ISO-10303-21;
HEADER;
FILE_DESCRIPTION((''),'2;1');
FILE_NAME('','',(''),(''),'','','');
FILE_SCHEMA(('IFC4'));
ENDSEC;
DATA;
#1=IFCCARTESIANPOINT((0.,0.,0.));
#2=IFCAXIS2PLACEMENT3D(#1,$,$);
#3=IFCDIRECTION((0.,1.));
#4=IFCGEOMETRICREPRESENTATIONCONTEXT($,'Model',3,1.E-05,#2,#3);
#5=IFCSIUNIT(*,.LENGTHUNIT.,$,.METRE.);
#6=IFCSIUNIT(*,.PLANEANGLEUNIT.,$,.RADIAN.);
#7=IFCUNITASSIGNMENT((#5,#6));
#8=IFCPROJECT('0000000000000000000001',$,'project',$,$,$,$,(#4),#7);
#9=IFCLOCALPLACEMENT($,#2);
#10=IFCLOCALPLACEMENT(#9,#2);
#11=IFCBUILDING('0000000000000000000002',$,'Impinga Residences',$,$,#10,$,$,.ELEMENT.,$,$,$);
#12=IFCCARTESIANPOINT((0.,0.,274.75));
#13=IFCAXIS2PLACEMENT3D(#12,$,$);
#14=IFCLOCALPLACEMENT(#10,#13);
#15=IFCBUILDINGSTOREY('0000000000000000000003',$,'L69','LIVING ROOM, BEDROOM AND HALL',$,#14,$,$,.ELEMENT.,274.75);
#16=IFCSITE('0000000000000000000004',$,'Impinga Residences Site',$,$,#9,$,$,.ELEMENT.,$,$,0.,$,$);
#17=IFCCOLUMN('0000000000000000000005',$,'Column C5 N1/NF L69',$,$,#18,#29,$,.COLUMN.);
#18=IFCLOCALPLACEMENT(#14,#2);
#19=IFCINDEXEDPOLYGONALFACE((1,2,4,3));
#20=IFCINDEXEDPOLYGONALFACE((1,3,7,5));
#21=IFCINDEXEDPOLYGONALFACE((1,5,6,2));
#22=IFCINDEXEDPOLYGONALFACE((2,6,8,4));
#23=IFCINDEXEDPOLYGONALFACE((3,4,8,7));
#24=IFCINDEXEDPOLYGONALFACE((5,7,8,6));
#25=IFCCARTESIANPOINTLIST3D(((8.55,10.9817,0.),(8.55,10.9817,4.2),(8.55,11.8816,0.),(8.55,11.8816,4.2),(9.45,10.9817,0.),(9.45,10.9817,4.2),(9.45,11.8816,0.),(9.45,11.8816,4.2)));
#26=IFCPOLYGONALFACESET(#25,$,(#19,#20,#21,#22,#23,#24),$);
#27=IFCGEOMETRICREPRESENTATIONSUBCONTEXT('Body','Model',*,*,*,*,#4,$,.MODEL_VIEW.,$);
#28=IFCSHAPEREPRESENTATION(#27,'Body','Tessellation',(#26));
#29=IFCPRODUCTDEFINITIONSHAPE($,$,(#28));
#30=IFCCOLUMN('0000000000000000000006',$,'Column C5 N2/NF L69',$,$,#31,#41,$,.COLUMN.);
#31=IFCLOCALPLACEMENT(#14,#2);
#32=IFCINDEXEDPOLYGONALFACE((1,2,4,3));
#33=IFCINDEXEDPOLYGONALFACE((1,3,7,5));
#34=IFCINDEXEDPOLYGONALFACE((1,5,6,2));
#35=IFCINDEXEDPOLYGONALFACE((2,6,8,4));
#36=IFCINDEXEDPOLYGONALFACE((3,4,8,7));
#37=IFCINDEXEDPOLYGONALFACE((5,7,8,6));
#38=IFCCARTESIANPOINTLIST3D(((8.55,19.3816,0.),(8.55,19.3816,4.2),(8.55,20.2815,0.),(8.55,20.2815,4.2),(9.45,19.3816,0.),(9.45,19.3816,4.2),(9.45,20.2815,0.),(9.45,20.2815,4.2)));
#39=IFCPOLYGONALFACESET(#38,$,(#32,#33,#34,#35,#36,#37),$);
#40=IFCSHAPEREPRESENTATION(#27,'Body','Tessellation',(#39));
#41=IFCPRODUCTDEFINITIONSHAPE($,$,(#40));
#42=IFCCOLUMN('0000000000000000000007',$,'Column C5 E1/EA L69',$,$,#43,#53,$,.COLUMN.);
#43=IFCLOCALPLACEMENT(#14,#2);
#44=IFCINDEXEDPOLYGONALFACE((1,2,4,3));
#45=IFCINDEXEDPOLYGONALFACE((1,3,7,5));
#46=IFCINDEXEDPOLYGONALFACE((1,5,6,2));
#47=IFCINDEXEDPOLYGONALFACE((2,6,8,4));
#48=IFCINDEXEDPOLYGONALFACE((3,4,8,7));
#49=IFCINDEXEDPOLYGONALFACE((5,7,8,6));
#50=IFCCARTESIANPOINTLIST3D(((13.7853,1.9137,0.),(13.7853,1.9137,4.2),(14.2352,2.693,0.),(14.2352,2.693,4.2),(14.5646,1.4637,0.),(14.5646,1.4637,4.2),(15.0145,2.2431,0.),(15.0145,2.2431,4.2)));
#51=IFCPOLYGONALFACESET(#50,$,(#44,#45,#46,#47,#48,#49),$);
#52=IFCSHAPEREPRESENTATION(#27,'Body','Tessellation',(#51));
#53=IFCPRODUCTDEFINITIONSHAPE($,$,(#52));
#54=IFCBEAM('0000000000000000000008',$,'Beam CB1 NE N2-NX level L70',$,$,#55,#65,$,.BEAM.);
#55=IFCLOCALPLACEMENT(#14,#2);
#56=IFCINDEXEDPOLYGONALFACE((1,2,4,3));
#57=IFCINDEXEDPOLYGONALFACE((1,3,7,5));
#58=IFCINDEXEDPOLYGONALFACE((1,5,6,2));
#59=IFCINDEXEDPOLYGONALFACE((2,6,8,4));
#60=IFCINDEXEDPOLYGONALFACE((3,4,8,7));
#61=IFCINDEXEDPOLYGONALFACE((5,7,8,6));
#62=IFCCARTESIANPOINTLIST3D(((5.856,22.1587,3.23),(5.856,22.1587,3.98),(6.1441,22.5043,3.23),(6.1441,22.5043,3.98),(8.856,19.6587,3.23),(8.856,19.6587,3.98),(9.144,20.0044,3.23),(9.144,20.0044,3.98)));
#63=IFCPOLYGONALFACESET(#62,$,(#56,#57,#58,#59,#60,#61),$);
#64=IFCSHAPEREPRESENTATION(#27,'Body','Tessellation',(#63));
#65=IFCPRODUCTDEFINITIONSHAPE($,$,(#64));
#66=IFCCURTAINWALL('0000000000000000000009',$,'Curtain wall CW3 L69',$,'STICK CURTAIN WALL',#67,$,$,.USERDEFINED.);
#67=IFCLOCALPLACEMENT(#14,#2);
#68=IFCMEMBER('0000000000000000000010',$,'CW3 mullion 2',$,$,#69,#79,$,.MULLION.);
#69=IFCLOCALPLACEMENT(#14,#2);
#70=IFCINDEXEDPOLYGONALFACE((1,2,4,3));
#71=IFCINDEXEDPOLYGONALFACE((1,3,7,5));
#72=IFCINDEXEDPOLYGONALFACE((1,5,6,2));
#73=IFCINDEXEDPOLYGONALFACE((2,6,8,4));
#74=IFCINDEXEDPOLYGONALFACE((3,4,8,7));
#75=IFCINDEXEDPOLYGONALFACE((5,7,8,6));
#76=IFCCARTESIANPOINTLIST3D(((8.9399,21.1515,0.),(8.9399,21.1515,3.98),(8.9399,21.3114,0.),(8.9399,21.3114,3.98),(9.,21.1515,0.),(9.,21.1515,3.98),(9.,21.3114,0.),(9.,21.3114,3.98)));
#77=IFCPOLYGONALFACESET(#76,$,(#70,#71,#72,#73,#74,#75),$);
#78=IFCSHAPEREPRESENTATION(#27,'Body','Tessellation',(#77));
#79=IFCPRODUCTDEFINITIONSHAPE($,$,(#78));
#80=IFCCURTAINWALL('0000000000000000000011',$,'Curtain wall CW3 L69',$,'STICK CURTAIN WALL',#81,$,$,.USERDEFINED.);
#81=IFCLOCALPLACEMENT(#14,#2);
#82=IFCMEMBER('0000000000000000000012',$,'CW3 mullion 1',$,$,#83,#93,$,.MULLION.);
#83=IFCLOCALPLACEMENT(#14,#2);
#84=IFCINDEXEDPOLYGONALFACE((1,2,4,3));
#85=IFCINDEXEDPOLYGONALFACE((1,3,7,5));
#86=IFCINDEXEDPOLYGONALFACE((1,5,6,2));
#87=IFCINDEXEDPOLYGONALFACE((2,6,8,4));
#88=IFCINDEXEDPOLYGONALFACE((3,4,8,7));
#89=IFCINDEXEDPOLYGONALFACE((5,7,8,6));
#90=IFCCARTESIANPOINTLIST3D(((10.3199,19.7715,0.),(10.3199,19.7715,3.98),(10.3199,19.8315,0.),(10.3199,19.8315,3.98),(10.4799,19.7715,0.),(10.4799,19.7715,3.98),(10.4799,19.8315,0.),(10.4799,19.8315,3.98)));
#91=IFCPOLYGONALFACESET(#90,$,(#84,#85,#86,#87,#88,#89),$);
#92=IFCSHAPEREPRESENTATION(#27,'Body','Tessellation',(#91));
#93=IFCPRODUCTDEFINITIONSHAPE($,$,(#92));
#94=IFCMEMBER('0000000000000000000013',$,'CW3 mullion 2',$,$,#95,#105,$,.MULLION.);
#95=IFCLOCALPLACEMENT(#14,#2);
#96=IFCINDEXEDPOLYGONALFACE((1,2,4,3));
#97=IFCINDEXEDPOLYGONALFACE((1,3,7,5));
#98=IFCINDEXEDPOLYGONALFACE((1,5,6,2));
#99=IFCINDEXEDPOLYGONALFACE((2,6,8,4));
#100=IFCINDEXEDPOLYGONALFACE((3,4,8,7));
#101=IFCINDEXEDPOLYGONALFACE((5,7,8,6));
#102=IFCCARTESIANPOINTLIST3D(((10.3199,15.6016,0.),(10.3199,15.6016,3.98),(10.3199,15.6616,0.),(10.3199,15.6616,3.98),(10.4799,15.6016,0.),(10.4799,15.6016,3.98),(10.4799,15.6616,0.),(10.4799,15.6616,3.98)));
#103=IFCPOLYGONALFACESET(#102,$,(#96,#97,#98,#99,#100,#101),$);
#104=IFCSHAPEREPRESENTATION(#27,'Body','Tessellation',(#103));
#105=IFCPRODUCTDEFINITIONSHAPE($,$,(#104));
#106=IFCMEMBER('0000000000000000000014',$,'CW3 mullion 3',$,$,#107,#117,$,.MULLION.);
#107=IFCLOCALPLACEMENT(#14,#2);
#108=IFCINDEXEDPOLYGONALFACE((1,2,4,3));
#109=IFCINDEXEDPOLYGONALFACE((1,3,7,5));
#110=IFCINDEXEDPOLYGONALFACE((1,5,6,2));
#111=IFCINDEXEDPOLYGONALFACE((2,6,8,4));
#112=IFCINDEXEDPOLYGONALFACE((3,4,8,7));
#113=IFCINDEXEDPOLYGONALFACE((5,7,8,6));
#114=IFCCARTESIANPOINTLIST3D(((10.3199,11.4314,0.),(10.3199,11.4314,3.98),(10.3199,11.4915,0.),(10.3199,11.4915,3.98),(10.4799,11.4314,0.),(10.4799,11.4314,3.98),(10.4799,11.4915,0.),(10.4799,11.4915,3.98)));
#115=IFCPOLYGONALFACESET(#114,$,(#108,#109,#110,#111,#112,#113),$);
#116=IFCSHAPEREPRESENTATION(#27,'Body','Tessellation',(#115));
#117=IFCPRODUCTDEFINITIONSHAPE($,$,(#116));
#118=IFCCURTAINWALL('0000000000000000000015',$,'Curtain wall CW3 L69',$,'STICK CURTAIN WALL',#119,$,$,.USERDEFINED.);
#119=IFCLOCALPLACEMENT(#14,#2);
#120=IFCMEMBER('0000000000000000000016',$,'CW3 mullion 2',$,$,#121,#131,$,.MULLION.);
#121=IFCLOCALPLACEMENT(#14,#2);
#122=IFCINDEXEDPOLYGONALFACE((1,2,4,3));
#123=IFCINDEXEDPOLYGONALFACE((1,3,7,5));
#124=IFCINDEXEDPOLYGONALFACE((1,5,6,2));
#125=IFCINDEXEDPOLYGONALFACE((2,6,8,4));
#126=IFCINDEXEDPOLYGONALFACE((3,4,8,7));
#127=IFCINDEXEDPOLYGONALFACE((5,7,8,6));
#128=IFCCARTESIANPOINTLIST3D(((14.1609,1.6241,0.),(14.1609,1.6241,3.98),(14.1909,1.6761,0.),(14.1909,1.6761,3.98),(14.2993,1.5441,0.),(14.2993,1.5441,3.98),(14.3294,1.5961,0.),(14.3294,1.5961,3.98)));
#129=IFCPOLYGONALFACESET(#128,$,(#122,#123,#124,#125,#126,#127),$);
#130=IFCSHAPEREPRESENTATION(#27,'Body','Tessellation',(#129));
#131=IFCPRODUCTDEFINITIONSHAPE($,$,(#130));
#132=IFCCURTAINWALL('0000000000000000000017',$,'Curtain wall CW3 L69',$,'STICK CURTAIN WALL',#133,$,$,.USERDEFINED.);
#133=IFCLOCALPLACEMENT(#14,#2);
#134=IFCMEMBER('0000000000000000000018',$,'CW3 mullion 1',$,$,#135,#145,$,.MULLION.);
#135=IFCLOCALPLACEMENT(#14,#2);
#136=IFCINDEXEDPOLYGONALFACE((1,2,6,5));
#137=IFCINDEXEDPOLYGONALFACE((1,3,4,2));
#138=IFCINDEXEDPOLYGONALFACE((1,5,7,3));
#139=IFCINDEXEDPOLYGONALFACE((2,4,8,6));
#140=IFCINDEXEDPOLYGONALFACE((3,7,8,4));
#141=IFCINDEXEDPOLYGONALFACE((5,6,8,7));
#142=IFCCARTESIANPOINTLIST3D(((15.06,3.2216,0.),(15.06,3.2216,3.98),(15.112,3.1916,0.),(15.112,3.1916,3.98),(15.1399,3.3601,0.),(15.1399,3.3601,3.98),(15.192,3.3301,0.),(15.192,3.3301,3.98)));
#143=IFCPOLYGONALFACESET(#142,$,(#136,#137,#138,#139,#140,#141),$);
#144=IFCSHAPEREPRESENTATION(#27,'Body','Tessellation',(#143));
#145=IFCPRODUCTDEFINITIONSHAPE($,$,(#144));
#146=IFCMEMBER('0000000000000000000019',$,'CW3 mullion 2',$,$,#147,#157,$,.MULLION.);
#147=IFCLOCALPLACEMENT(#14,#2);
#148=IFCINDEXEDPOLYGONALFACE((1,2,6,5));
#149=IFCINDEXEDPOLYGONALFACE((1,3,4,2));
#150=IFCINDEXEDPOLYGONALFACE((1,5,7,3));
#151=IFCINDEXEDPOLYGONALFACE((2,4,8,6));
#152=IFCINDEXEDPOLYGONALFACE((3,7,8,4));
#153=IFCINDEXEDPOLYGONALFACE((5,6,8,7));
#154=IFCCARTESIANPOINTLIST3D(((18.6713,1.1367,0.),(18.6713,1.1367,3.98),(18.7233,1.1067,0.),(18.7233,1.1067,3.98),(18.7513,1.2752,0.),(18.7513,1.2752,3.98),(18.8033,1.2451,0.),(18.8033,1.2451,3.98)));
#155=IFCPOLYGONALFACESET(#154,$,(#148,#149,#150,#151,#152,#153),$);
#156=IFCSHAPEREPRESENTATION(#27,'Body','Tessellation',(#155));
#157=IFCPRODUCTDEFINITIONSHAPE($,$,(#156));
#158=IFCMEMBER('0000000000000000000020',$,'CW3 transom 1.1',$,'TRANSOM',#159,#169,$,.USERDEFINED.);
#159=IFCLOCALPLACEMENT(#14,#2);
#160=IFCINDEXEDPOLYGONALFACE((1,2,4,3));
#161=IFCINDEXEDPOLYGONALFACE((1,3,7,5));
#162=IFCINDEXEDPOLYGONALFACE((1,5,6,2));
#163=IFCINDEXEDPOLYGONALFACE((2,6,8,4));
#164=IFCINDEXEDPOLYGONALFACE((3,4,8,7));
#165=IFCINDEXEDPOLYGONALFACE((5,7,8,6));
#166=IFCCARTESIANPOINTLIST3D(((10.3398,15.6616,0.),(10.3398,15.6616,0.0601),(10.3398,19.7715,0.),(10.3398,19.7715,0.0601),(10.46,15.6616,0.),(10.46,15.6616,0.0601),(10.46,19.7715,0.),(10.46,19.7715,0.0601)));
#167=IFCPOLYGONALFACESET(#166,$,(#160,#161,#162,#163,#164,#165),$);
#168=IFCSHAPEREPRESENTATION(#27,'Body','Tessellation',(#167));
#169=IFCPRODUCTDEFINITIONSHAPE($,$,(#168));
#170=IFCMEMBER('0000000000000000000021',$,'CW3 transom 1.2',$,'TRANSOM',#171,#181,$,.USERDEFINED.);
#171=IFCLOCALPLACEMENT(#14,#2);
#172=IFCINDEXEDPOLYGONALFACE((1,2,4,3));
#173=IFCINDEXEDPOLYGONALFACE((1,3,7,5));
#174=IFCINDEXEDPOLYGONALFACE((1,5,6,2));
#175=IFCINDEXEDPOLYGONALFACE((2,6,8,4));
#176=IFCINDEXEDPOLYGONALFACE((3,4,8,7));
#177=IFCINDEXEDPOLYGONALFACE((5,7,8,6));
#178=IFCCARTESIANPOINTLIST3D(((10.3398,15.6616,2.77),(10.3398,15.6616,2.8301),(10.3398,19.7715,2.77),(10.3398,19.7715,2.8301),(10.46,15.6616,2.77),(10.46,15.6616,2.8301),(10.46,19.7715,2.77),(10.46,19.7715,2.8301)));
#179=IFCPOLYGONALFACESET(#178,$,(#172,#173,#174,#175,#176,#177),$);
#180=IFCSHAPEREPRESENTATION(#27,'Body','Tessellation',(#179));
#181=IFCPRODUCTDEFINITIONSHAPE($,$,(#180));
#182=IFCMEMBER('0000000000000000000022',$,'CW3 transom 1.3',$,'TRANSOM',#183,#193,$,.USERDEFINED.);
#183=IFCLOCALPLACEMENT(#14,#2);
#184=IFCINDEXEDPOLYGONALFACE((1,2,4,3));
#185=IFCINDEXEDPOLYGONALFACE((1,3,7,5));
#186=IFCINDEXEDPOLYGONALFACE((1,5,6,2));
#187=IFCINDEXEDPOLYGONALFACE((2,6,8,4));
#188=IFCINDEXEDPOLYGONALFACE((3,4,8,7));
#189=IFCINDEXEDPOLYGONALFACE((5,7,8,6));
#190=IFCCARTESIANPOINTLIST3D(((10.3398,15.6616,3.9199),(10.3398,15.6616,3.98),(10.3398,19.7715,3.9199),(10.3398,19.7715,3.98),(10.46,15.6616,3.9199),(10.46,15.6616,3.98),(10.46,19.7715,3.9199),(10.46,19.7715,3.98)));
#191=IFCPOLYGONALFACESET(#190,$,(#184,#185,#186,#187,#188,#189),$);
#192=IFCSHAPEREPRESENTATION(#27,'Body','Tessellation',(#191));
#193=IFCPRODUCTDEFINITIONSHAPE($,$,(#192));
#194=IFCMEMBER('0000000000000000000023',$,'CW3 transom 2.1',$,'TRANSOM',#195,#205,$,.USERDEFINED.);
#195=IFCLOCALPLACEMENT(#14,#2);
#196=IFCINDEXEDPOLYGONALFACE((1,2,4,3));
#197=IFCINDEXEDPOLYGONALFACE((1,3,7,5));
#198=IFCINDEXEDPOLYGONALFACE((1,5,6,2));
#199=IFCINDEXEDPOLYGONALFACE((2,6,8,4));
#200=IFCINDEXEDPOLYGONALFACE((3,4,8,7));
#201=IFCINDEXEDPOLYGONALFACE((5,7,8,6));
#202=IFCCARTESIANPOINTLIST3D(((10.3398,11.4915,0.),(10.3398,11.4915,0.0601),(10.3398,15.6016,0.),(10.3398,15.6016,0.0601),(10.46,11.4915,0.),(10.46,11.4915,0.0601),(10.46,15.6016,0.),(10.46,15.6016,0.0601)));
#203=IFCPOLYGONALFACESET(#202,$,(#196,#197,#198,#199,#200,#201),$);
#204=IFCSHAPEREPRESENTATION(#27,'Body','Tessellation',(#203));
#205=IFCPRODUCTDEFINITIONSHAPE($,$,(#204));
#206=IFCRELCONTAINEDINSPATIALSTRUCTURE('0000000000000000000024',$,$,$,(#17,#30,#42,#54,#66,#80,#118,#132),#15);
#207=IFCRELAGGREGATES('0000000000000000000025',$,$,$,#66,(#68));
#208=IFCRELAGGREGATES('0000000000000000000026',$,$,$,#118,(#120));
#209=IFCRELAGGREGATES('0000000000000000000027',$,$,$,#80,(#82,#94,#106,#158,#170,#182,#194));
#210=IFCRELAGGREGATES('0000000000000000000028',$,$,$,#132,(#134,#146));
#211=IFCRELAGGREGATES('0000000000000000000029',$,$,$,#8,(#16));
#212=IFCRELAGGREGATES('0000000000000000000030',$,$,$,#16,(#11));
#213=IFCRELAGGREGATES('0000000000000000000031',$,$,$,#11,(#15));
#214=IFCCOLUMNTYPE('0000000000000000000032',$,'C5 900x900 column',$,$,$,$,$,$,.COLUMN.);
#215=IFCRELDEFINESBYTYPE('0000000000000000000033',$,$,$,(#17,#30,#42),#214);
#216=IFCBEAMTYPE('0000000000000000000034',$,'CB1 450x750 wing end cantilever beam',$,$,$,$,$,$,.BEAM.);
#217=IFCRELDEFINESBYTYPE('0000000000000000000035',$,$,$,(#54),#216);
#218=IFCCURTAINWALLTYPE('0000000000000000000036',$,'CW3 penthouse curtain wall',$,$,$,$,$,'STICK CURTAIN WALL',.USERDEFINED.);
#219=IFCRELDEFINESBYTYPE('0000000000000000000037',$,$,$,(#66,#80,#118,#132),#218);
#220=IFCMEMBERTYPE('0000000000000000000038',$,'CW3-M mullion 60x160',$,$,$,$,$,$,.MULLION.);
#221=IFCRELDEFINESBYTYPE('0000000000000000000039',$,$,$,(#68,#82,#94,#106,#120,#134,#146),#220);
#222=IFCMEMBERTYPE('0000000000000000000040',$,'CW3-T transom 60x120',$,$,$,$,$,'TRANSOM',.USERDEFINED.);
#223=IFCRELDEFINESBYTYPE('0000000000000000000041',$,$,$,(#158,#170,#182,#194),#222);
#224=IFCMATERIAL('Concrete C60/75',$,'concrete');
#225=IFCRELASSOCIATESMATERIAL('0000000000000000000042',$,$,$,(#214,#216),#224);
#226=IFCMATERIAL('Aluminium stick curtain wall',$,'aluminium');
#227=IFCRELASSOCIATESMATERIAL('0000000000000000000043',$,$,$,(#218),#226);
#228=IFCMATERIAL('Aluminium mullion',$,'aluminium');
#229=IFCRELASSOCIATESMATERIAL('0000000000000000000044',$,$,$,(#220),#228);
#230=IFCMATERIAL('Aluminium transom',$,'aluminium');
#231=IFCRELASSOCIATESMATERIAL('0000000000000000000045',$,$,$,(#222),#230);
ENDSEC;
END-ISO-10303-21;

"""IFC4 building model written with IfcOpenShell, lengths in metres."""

from ifc_helpers import new_model, si_unit, direction, frame, origin, origin_2d, place, context, subcontext, project, spatial, rectangle, extrude, material, material_profile, profile_set, type_object, element, aggregate, save


model = new_model("IFC4")

# Units and contexts
model_context = context("Model", 3, precision=1e-05, world=origin(), true_north=direction((0.0, 1.0)))
body_context = subcontext(model_context, "Body", "Model", "MODEL_VIEW")
ifc_project = project(units=[si_unit("LENGTHUNIT", "METRE"), si_unit("PLANEANGLEUNIT", "RADIAN")], contexts=[model_context])

# Site, building, storey
site_placement = place(None, origin())
site = spatial("IfcSite", under=ifc_project, at=site_placement, Name="Impinga Residences Site", CompositionType="ELEMENT", RefElevation=0.0)
building_placement = place(site_placement, origin())
building = spatial("IfcBuilding", under=site, at=building_placement, Name="Impinga Residences", CompositionType="ELEMENT")
storey_placement = place(building_placement, frame((0.0, 0.0, 274.75)))
storey = spatial("IfcBuildingStorey", under=building, at=storey_placement, Name="L69", Description="LIVING ROOM, BEDROOM AND HALL", CompositionType="ELEMENT", Elevation=274.75)

# Columns
ifc_material_1 = material(Name="Concrete C60/75", Category="concrete")
ifc_material_profile_1 = material_profile(ifc_material_1, rectangle(XDim=0.8999, YDim=0.8999, at=origin_2d()), Name="RC 900x900")
ifc_profile_set_1 = profile_set([ifc_material_profile_1], Name="Concrete C60/75")
column_type = type_object("IfcColumnType", Name="C5 900x900 column", PredefinedType="COLUMN", material=ifc_profile_set_1)
for number, where, z_axis, x_axis, name in (
    (1, (9.0, 11.4316, 0.0), (0.0, 0.0, 1.0), (1.0, 0.0, 0.0), "Column C5 N1/NF L69"),
    (2, (9.0, 19.8315, 0.0), (0.0, 0.0, 1.0), (1.0, 0.0, 0.0), "Column C5 N2/NF L69"),
    (3, (14.3999, 2.0784, 0.0), (0.0, 0.0, 1.0), (-0.5, -0.866025, 0.0), "Column C5 E1/EA L69"),
):
    element("IfcColumn", number, at=place(storey_placement, frame(where, z_axis=z_axis, x_axis=x_axis)), inside=storey, type_object=column_type, Name=name, PredefinedType="COLUMN", context=body_context, shape_type="SweptSolid", body=[
        extrude(rectangle(XDim=0.8999, YDim=0.8999, at=origin_2d()), origin(), (0.0, 0.0, 1.0), 4.2),
    ])

# Beam
ifc_material_profile_2 = material_profile(ifc_material_1, rectangle(XDim=0.45, YDim=0.75, at=origin_2d()), Name="RC 450x750")
ifc_profile_set_2 = profile_set([ifc_material_profile_2], Name="Concrete C60/75")
beam_type_1 = type_object("IfcBeamType", Name="CB1 450x750 wing end cantilever beam", PredefinedType="BEAM", material=ifc_profile_set_2)
beam_placement = place(storey_placement, frame((9.0, 19.8315, 3.605), z_axis=(-0.768221, 0.640184, 0.0), x_axis=(-0.640184, -0.768221, 0.0)))
element("IfcBeam", 4, at=beam_placement, inside=storey, type_object=beam_type_1, Name="Beam CB1 NE N2-NX level L70", PredefinedType="BEAM", context=body_context, shape_type="SweptSolid", body=[
    extrude(rectangle(XDim=0.45, YDim=0.75, at=origin_2d()), origin(), (0.0, 0.0, 1.0), 3.905),
])

# Curtain wall, member
ifc_material_2 = material(Name="Aluminium stick curtain wall", Category="aluminium")
curtain_wall_type = type_object("IfcCurtainWallType", Name="CW3 penthouse curtain wall", ElementType="STICK CURTAIN WALL", PredefinedType="USERDEFINED", material=ifc_material_2)
curtain_wall_1_placement = place(storey_placement, origin())
curtain_wall_1 = element("IfcCurtainWall", 5, at=curtain_wall_1_placement, inside=storey, type_object=curtain_wall_type, Name="Curtain wall CW3 L69", ObjectType="STICK CURTAIN WALL", PredefinedType="USERDEFINED")
ifc_material_3 = material(Name="Aluminium mullion", Category="aluminium")
ifc_material_profile_3 = material_profile(ifc_material_3, rectangle(XDim=0.0601, YDim=0.1599, at=origin_2d()), Name="60x160 mullion")
ifc_profile_set_3 = profile_set([ifc_material_profile_3], Name="Aluminium mullion")
member_type_1 = type_object("IfcMemberType", Name="CW3-M mullion 60x160", PredefinedType="MULLION", material=ifc_profile_set_3)
member_1_placement = place(storey_placement, frame((8.97, 21.2314, 0.0), z_axis=(0.0, 0.0, 1.0), x_axis=(1.0, 0.0, 0.0)))
member_1 = element("IfcMember", 6, at=member_1_placement, type_object=member_type_1, Name="CW3 mullion 2", PredefinedType="MULLION", context=body_context, shape_type="SweptSolid", body=[
    extrude(rectangle(XDim=0.0601, YDim=0.1599, at=origin_2d()), origin(), (0.0, 0.0, 1.0), 3.98),
])
aggregate(curtain_wall_1, [member_1])

# Curtain wall, members
curtain_wall_2_placement = place(storey_placement, origin())
curtain_wall_2 = element("IfcCurtainWall", 7, at=curtain_wall_2_placement, inside=storey, type_object=curtain_wall_type, Name="Curtain wall CW3 L69", ObjectType="STICK CURTAIN WALL", PredefinedType="USERDEFINED")
member_2_placement = place(storey_placement, frame((10.3999, 19.8015, 0.0), z_axis=(0.0, 0.0, 1.0), x_axis=(0.0, -1.0, 0.0)))
member_2 = element("IfcMember", 8, at=member_2_placement, type_object=member_type_1, Name="CW3 mullion 1", PredefinedType="MULLION", context=body_context, shape_type="SweptSolid", body=[
    extrude(rectangle(XDim=0.0601, YDim=0.1599, at=origin_2d()), origin(), (0.0, 0.0, 1.0), 3.98),
])
member_3_placement = place(storey_placement, frame((10.3999, 15.6316, 0.0), z_axis=(0.0, 0.0, 1.0), x_axis=(0.0, -1.0, 0.0)))
member_3 = element("IfcMember", 9, at=member_3_placement, type_object=member_type_1, Name="CW3 mullion 2", PredefinedType="MULLION", context=body_context, shape_type="SweptSolid", body=[
    extrude(rectangle(XDim=0.0601, YDim=0.1599, at=origin_2d()), origin(), (0.0, 0.0, 1.0), 3.98),
])
member_4_placement = place(storey_placement, frame((10.3999, 11.4614, 0.0), z_axis=(0.0, 0.0, 1.0), x_axis=(0.0, -1.0, 0.0)))
member_4 = element("IfcMember", 10, at=member_4_placement, type_object=member_type_1, Name="CW3 mullion 3", PredefinedType="MULLION", context=body_context, shape_type="SweptSolid", body=[
    extrude(rectangle(XDim=0.0601, YDim=0.1599, at=origin_2d()), origin(), (0.0, 0.0, 1.0), 3.98),
])

# Curtain wall, member
curtain_wall_3_placement = place(storey_placement, origin())
curtain_wall_3 = element("IfcCurtainWall", 11, at=curtain_wall_3_placement, inside=storey, type_object=curtain_wall_type, Name="Curtain wall CW3 L69", ObjectType="STICK CURTAIN WALL", PredefinedType="USERDEFINED")
member_5_placement = place(storey_placement, frame((14.2451, 1.6101, 0.0), z_axis=(0.0, 0.0, 1.0), x_axis=(0.5, 0.866025, 0.0)))
member_5 = element("IfcMember", 12, at=member_5_placement, type_object=member_type_1, Name="CW3 mullion 2", PredefinedType="MULLION", context=body_context, shape_type="SweptSolid", body=[
    extrude(rectangle(XDim=0.0601, YDim=0.1599, at=origin_2d()), origin(), (0.0, 0.0, 1.0), 3.98),
])
aggregate(curtain_wall_3, [member_5])

# Curtain wall, members
curtain_wall_4_placement = place(storey_placement, origin())
curtain_wall_4 = element("IfcCurtainWall", 13, at=curtain_wall_4_placement, inside=storey, type_object=curtain_wall_type, Name="Curtain wall CW3 L69", ObjectType="STICK CURTAIN WALL", PredefinedType="USERDEFINED")
member_6_placement = place(storey_placement, frame((15.126, 3.2759, 0.0), z_axis=(0.0, 0.0, 1.0), x_axis=(0.866025, -0.5, 0.0)))
member_6 = element("IfcMember", 14, at=member_6_placement, type_object=member_type_1, Name="CW3 mullion 1", PredefinedType="MULLION", context=body_context, shape_type="SweptSolid", body=[
    extrude(rectangle(XDim=0.0601, YDim=0.1599, at=origin_2d()), origin(), (0.0, 0.0, 1.0), 3.98),
])
member_7_placement = place(storey_placement, frame((18.7373, 1.1909, 0.0), z_axis=(0.0, 0.0, 1.0), x_axis=(0.866025, -0.5, 0.0)))
member_7 = element("IfcMember", 15, at=member_7_placement, type_object=member_type_1, Name="CW3 mullion 2", PredefinedType="MULLION", context=body_context, shape_type="SweptSolid", body=[
    extrude(rectangle(XDim=0.0601, YDim=0.1599, at=origin_2d()), origin(), (0.0, 0.0, 1.0), 3.98),
])

# Members
ifc_material_4 = material(Name="Aluminium transom", Category="aluminium")
ifc_material_profile_4 = material_profile(ifc_material_4, rectangle(XDim=0.0601, YDim=0.1201, at=origin_2d()), Name="60x120 transom")
ifc_profile_set_4 = profile_set([ifc_material_profile_4], Name="Aluminium transom")
member_type_2 = type_object("IfcMemberType", Name="CW3-T transom 60x120", ElementType="TRANSOM", PredefinedType="USERDEFINED", material=ifc_profile_set_4)
member_8_placement = place(storey_placement, frame((10.3999, 19.7715, 0.03), z_axis=(0.0, -1.0, 0.0), x_axis=(0.0, 0.0, 1.0)))
member_8 = element("IfcMember", 16, at=member_8_placement, type_object=member_type_2, Name="CW3 transom 1.1", ObjectType="TRANSOM", PredefinedType="USERDEFINED", context=body_context, shape_type="SweptSolid", body=[
    extrude(rectangle(XDim=0.0601, YDim=0.1201, at=origin_2d()), origin(), (0.0, 0.0, 1.0), 4.1099),
])
member_9_placement = place(storey_placement, frame((10.3999, 19.7715, 2.8), z_axis=(0.0, -1.0, 0.0), x_axis=(0.0, 0.0, 1.0)))
member_9 = element("IfcMember", 17, at=member_9_placement, type_object=member_type_2, Name="CW3 transom 1.2", ObjectType="TRANSOM", PredefinedType="USERDEFINED", context=body_context, shape_type="SweptSolid", body=[
    extrude(rectangle(XDim=0.0601, YDim=0.1201, at=origin_2d()), origin(), (0.0, 0.0, 1.0), 4.1099),
])
member_10_placement = place(storey_placement, frame((10.3999, 19.7715, 3.95), z_axis=(0.0, -1.0, 0.0), x_axis=(0.0, 0.0, 1.0)))
member_10 = element("IfcMember", 18, at=member_10_placement, type_object=member_type_2, Name="CW3 transom 1.3", ObjectType="TRANSOM", PredefinedType="USERDEFINED", context=body_context, shape_type="SweptSolid", body=[
    extrude(rectangle(XDim=0.0601, YDim=0.1201, at=origin_2d()), origin(), (0.0, 0.0, 1.0), 4.1099),
])
member_11_placement = place(storey_placement, frame((10.3999, 15.6016, 0.03), z_axis=(0.0, -1.0, 0.0), x_axis=(0.0, 0.0, 1.0)))
member_11 = element("IfcMember", 19, at=member_11_placement, type_object=member_type_2, Name="CW3 transom 2.1", ObjectType="TRANSOM", PredefinedType="USERDEFINED", context=body_context, shape_type="SweptSolid", body=[
    extrude(rectangle(XDim=0.0601, YDim=0.1201, at=origin_2d()), origin(), (0.0, 0.0, 1.0), 4.1101),
])

aggregate(curtain_wall_2, [member_2, member_3, member_4, member_8, member_9, member_10, member_11])
aggregate(curtain_wall_4, [member_6, member_7])

save(model, "model.ifc")
